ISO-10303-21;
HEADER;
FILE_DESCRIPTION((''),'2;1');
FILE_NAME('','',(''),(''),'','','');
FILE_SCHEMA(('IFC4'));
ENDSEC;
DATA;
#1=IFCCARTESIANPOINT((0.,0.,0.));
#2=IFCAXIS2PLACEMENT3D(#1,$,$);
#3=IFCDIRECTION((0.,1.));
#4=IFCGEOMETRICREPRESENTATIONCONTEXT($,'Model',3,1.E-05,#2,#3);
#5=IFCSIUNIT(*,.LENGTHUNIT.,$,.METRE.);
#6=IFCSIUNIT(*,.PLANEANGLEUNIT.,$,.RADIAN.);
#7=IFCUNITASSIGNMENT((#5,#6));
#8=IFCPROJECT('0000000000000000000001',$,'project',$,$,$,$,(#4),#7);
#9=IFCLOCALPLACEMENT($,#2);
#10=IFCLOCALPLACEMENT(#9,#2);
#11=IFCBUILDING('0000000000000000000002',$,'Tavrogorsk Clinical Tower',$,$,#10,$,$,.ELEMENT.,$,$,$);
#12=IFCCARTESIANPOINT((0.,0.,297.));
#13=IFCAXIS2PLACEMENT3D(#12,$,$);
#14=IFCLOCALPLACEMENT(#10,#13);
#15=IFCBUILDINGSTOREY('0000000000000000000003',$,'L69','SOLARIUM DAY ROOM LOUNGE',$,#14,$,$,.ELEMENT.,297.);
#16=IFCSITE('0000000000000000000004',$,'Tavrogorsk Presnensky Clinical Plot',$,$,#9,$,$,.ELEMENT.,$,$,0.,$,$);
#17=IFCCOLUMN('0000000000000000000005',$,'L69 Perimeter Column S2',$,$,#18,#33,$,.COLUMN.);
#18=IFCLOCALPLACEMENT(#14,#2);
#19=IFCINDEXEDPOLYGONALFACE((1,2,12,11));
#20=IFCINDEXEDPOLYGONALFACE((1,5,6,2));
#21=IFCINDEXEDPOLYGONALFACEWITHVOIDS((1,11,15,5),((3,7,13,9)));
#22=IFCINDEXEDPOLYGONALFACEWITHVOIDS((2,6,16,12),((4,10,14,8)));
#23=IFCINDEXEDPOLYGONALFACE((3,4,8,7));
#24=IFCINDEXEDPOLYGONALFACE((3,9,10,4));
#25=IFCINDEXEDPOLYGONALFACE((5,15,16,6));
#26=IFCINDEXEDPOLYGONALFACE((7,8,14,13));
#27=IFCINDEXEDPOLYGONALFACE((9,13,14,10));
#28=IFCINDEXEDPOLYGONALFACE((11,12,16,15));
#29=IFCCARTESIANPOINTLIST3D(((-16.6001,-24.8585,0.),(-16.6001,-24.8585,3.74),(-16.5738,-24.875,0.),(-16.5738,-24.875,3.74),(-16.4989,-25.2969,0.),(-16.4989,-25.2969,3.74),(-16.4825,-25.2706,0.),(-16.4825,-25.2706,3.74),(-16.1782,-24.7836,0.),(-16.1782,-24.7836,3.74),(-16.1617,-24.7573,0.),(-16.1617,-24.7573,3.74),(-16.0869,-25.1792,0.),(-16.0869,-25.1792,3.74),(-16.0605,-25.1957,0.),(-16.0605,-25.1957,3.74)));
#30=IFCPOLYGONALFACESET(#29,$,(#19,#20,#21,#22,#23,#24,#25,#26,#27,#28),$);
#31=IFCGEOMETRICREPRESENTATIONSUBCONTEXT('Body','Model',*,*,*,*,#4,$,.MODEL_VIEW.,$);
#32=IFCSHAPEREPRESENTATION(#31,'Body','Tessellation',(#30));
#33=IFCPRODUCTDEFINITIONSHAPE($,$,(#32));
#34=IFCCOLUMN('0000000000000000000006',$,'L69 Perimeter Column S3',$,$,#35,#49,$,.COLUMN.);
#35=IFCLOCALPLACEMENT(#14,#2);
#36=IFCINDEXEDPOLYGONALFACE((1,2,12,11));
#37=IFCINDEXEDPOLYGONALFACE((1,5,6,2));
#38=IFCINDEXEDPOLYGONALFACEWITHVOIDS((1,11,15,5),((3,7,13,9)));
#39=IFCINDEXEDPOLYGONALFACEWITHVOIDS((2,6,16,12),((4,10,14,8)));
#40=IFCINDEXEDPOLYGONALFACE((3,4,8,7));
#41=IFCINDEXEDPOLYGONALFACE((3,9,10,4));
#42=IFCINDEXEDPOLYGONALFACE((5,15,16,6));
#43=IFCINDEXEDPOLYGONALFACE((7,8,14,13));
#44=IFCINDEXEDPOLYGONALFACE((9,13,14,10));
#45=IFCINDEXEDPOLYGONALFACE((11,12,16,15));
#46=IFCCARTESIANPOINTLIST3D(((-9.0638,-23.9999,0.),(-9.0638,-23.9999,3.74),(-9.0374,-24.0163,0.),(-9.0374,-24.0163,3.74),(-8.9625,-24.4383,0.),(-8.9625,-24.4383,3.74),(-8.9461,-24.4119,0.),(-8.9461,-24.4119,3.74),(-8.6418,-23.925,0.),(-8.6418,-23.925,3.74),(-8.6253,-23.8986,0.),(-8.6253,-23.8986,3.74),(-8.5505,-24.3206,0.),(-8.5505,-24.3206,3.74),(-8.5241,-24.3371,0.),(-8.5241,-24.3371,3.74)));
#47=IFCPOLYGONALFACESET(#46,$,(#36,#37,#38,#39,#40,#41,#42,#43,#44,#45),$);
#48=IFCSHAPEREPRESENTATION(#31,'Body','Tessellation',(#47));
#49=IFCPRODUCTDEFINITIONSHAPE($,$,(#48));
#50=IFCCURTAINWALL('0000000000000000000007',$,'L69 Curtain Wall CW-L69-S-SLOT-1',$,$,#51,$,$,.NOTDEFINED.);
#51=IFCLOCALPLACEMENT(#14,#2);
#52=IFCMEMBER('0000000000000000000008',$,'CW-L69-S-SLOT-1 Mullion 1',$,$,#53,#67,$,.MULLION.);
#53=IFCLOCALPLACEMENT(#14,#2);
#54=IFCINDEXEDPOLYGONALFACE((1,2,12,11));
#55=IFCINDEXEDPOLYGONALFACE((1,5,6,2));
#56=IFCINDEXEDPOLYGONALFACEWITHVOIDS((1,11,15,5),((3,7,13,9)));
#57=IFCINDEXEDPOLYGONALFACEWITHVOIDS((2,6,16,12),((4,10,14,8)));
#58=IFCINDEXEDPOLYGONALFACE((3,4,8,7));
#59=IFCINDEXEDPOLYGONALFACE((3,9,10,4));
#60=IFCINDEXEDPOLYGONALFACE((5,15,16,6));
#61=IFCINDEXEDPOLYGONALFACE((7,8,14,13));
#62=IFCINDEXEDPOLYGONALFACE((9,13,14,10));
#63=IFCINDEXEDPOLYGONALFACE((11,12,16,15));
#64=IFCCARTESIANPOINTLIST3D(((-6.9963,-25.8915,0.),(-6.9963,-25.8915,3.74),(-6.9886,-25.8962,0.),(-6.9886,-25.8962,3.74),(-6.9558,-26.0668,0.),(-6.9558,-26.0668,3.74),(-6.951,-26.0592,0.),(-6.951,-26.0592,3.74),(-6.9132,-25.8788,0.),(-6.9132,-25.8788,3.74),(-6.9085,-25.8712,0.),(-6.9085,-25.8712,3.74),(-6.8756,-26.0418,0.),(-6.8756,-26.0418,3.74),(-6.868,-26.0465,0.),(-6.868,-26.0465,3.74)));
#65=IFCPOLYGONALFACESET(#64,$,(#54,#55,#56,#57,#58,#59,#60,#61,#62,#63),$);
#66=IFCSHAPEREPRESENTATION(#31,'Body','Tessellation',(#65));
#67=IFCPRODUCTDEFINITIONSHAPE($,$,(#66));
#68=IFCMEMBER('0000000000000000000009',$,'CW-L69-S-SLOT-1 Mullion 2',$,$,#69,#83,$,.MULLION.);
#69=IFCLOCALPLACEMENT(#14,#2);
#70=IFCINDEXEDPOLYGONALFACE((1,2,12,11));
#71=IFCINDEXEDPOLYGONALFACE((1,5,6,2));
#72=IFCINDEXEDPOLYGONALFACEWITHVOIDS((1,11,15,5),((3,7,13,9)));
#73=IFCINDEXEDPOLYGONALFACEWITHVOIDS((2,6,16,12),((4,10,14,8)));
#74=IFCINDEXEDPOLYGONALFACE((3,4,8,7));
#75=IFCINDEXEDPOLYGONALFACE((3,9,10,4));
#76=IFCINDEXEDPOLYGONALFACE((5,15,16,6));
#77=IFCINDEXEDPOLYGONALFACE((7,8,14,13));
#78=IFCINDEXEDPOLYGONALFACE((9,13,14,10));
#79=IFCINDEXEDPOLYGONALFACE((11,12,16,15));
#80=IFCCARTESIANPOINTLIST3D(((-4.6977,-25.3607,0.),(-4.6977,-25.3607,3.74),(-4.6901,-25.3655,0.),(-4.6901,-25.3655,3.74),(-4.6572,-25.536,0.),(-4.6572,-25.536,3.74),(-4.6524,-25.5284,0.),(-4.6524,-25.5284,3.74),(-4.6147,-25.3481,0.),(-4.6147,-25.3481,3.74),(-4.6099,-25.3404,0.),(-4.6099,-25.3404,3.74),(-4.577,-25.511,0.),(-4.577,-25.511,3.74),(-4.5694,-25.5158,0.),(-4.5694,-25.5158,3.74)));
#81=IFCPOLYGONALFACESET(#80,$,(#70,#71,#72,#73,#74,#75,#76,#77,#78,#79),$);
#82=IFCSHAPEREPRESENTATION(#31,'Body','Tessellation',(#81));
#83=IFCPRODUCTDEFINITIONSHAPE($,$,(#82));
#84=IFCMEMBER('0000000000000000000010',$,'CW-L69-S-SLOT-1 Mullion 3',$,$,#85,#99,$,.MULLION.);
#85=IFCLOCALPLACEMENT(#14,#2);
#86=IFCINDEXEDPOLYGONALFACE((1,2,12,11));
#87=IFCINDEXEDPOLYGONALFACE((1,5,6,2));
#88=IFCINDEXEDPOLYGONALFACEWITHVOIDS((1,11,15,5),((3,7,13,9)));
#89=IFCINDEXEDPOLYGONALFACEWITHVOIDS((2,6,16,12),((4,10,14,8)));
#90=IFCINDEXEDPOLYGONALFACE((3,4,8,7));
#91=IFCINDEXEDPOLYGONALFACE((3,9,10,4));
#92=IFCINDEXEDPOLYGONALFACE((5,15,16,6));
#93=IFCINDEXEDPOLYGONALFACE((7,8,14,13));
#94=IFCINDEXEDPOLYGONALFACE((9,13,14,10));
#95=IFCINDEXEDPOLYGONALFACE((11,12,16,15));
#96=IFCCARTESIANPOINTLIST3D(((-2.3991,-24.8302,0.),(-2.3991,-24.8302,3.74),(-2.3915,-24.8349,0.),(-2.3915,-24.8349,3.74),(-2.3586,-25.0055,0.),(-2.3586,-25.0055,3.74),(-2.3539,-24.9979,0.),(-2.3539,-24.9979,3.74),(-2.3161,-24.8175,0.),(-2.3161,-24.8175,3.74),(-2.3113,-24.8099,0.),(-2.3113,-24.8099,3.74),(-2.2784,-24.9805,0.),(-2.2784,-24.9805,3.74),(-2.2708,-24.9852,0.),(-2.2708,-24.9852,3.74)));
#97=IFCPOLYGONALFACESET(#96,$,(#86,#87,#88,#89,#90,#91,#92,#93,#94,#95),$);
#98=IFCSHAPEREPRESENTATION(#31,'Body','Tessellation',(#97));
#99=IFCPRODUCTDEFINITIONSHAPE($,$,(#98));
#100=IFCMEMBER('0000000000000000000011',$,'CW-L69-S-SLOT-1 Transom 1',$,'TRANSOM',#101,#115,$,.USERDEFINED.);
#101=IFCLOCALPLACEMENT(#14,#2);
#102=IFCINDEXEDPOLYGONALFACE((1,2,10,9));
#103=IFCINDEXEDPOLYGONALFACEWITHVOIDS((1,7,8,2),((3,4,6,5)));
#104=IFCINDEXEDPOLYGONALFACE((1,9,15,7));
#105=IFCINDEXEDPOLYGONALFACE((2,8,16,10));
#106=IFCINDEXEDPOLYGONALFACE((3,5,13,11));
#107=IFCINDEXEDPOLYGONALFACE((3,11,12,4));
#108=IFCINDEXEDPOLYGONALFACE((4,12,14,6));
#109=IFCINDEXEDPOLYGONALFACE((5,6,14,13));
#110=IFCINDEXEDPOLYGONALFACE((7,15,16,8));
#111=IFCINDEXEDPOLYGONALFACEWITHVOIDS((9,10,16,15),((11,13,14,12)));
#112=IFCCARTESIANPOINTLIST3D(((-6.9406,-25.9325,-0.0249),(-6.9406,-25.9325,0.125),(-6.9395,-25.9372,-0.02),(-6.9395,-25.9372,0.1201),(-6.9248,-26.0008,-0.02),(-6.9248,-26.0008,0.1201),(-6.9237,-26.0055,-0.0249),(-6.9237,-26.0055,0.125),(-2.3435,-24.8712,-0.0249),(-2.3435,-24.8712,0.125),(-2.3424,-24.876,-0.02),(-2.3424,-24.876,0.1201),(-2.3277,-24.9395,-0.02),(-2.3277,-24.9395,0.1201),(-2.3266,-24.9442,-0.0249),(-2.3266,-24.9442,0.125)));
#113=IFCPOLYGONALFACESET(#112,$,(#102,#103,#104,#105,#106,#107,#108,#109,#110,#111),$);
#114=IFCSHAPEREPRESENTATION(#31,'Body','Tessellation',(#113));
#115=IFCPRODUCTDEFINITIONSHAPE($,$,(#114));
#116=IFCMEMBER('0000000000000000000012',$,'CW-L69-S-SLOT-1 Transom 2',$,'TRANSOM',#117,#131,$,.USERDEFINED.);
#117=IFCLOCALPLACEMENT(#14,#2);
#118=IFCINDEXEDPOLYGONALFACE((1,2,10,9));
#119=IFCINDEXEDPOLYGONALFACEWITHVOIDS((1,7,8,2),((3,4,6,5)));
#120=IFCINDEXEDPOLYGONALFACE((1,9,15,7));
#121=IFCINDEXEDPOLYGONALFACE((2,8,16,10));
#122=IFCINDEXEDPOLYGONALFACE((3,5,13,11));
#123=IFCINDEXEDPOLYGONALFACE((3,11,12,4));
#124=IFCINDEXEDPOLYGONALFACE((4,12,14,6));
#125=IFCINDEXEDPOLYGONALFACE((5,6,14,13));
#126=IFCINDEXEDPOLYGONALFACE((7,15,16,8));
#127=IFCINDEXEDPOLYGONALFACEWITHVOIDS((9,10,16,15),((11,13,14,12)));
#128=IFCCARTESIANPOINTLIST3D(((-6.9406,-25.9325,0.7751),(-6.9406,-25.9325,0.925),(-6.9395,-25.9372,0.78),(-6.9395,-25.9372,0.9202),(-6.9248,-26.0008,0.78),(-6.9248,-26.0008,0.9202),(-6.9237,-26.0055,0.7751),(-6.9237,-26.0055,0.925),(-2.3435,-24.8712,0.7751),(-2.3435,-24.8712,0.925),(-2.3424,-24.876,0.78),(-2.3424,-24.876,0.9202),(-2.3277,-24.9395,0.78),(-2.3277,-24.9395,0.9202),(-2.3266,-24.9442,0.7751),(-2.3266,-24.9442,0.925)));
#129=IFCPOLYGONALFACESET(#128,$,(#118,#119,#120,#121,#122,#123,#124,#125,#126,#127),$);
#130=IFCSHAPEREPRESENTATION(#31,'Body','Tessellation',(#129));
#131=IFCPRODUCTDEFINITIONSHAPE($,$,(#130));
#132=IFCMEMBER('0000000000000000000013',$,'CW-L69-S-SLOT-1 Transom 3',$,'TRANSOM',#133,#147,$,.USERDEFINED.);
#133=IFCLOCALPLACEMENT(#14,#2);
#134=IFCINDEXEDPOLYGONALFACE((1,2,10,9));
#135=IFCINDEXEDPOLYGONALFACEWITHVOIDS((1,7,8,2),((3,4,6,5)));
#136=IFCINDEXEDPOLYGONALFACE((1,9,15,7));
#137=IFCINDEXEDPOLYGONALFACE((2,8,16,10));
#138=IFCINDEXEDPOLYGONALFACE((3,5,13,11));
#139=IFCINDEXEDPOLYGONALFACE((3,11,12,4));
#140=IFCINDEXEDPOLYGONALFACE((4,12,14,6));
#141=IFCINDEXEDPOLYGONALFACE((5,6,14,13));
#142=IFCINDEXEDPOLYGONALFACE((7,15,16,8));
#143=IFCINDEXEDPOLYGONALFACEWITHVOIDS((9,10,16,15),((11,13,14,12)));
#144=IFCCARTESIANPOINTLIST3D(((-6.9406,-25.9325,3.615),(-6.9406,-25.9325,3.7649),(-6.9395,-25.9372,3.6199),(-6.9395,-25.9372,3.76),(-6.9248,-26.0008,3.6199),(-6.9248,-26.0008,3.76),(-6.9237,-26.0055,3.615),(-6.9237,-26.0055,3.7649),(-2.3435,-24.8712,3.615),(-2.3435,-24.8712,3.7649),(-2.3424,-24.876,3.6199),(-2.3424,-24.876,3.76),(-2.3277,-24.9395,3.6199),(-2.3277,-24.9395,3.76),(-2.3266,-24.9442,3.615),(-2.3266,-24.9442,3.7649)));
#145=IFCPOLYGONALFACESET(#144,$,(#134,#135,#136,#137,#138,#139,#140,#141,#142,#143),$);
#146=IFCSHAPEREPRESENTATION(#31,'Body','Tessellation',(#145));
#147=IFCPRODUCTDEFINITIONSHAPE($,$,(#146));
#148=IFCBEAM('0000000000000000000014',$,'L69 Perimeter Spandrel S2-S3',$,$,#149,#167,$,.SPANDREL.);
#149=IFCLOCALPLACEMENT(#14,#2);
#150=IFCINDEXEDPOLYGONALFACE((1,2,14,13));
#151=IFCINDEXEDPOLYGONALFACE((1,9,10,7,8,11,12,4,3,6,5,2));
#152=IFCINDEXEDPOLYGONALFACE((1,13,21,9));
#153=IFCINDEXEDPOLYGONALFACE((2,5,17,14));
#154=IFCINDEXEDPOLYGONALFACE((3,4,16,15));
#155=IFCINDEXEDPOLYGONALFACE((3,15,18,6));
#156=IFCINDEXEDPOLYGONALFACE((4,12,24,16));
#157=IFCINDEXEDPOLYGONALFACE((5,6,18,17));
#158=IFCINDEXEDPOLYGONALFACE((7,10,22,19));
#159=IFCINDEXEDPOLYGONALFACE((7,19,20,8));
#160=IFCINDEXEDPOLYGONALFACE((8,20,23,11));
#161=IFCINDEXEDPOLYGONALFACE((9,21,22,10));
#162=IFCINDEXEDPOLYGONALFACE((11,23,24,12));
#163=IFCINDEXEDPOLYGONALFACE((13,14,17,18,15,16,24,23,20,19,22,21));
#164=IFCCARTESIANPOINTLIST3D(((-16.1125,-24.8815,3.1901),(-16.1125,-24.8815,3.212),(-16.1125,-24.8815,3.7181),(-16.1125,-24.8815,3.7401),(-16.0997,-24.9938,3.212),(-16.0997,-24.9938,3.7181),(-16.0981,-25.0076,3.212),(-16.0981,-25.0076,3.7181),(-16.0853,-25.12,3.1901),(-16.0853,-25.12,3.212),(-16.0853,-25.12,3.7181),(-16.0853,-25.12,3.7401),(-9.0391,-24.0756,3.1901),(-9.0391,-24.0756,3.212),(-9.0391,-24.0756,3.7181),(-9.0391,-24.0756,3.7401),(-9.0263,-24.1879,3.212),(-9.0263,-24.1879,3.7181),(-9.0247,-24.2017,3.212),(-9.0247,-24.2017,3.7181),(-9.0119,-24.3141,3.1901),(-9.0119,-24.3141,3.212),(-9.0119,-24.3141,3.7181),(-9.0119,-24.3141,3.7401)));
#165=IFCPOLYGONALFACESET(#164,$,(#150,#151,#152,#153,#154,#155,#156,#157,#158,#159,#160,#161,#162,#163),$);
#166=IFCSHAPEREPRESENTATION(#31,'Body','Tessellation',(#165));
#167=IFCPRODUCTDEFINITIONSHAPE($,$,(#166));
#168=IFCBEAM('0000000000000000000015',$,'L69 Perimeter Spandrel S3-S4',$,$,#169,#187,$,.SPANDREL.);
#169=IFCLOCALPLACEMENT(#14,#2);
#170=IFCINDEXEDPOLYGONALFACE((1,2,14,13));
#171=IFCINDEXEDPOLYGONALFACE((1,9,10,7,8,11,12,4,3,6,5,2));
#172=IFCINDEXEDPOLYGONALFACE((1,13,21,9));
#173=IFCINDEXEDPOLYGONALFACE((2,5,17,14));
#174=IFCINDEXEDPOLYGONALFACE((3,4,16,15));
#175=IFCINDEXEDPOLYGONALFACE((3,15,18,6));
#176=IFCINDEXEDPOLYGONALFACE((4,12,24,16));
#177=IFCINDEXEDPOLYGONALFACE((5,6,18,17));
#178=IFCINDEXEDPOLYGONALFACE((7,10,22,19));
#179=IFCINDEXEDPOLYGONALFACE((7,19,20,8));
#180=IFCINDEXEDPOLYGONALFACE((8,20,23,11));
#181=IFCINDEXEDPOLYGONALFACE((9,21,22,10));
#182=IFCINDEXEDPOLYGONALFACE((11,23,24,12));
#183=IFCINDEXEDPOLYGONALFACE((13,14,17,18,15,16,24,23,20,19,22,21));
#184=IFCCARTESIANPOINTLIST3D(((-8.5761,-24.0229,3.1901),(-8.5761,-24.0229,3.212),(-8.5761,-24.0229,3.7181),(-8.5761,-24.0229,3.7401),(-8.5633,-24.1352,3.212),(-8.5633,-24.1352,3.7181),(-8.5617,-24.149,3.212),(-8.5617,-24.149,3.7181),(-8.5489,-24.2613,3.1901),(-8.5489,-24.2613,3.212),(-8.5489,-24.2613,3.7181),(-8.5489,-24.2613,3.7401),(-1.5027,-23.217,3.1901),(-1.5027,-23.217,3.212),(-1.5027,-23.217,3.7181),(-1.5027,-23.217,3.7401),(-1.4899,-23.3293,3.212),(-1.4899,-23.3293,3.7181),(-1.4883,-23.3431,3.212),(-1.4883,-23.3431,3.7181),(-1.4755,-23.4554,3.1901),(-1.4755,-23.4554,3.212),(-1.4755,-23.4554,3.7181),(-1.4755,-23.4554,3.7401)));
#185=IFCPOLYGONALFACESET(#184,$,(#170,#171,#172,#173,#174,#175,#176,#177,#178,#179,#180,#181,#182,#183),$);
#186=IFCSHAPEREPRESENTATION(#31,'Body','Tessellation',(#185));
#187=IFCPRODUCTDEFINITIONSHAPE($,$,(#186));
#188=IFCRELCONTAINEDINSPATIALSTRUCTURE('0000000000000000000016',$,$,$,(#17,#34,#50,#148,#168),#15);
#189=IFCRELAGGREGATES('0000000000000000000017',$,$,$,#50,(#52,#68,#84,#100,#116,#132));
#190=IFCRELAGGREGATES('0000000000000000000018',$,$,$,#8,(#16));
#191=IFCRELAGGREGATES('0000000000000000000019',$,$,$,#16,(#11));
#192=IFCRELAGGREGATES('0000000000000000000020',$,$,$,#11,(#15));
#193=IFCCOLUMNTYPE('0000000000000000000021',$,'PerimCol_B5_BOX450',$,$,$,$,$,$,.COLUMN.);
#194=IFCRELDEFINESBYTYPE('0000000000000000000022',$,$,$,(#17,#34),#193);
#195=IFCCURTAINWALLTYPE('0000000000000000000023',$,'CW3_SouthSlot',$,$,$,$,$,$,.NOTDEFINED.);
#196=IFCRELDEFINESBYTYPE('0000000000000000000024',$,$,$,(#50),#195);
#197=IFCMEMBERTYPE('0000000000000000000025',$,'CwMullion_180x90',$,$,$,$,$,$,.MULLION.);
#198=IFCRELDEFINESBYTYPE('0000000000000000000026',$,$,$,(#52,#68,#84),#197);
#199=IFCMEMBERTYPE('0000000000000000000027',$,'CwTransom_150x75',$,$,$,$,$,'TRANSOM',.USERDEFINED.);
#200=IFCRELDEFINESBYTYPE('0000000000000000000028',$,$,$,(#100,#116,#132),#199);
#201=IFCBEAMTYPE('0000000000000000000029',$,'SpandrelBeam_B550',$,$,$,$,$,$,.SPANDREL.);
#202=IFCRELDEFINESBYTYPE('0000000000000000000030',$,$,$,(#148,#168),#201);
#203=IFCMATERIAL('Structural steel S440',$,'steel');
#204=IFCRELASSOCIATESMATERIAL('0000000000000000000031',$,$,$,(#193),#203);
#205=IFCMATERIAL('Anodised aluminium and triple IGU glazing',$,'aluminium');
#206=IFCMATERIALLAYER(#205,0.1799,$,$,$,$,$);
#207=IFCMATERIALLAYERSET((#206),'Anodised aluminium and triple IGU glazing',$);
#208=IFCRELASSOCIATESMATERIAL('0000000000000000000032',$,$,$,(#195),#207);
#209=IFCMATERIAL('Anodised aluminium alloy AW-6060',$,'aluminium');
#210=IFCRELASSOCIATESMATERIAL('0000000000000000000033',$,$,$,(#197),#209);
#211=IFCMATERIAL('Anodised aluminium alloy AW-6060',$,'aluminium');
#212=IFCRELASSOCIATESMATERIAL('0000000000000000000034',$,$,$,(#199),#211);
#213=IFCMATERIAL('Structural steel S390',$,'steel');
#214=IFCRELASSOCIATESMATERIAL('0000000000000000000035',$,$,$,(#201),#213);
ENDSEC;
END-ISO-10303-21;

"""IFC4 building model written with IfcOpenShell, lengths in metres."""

from ifc_helpers import new_model, si_unit, direction, frame, origin, origin_2d, place, context, subcontext, project, spatial, hollow_rectangle, i_section, extrude, material, layer, layer_set, material_profile, profile_set, type_object, element, aggregate, save


model = new_model("IFC4")

# Units and contexts
model_context = context("Model", 3, precision=1e-05, world=origin(), true_north=direction((0.0, 1.0)))
body_context = subcontext(model_context, "Body", "Model", "MODEL_VIEW")
ifc_project = project(units=[si_unit("LENGTHUNIT", "METRE"), si_unit("PLANEANGLEUNIT", "RADIAN")], contexts=[model_context])

# Site, building, storey
site_placement = place(None, origin())
site = spatial("IfcSite", under=ifc_project, at=site_placement, Name="Tavrogorsk Presnensky Clinical Plot", CompositionType="ELEMENT", RefElevation=0.0)
building_placement = place(site_placement, origin())
building = spatial("IfcBuilding", under=site, at=building_placement, Name="Tavrogorsk Clinical Tower", CompositionType="ELEMENT")
storey_placement = place(building_placement, frame((0.0, 0.0, 297.0)))
storey = spatial("IfcBuildingStorey", under=building, at=storey_placement, Name="L69", Description="SOLARIUM DAY ROOM LOUNGE", CompositionType="ELEMENT", Elevation=297.0)

# Columns
ifc_material_1 = material(Name="Structural steel S440", Category="steel")
ifc_material_profile_1 = material_profile(ifc_material_1, hollow_rectangle(XDim=0.45, YDim=0.45, WallThickness=0.022, at=origin_2d()), Name="BOX-450x450x22")
ifc_profile_set_1 = profile_set([ifc_material_profile_1], Name="Structural steel S440")
column_type = type_object("IfcColumnType", Name="PerimCol_B5_BOX450", PredefinedType="COLUMN", material=ifc_profile_set_1)
for number, where, z_axis, x_axis, name in (
    (1, (-16.3303, -25.0271, 0.0), (0.0, 0.0, 1.0), (0.97437, 0.224951, 0.0), "L69 Perimeter Column S2"),
    (2, (-8.7939, -24.1685, 0.0), (0.0, 0.0, 1.0), (0.97437, 0.224951, 0.0), "L69 Perimeter Column S3"),
):
    element("IfcColumn", number, at=place(storey_placement, frame(where, z_axis=z_axis, x_axis=x_axis)), inside=storey, type_object=column_type, Name=name, PredefinedType="COLUMN", context=body_context, shape_type="SweptSolid", body=[
        extrude(hollow_rectangle(XDim=0.45, YDim=0.45, WallThickness=0.022, at=origin_2d()), origin(), (0.0, 0.0, 1.0), 3.74),
    ])

# Curtain wall, members
ifc_material_2 = material(Name="Anodised aluminium and triple IGU glazing", Category="aluminium")
ifc_layer_1 = layer(ifc_material_2, 0.1799)
ifc_layer_set_1 = layer_set([ifc_layer_1], Name="Anodised aluminium and triple IGU glazing")
curtain_wall_type = type_object("IfcCurtainWallType", Name="CW3_SouthSlot", PredefinedType="NOTDEFINED", material=ifc_layer_set_1)
curtain_wall_placement = place(storey_placement, origin())
curtain_wall = element("IfcCurtainWall", 3, at=curtain_wall_placement, inside=storey, type_object=curtain_wall_type, Name="L69 Curtain Wall CW-L69-S-SLOT-1", PredefinedType="NOTDEFINED")
ifc_material_3 = material(Name="Anodised aluminium alloy AW-6060", Category="aluminium")
ifc_material_profile_2 = material_profile(ifc_material_3, hollow_rectangle(XDim=0.0901, YDim=0.1799, WallThickness=0.0063, at=origin_2d()), Name="RHS-180x90x6.3")
ifc_profile_set_2 = profile_set([ifc_material_profile_2], Name="Anodised aluminium alloy AW-6060")
member_type_1 = type_object("IfcMemberType", Name="CwMullion_180x90", PredefinedType="MULLION", material=ifc_profile_set_2)
member_1_placement = place(storey_placement, frame((-6.9321, -25.969, 0.0), z_axis=(0.0, 0.0, 1.0), x_axis=(0.97437, 0.224951, 0.0)))
member_1 = element("IfcMember", 4, at=member_1_placement, type_object=member_type_1, Name="CW-L69-S-SLOT-1 Mullion 1", PredefinedType="MULLION", context=body_context, shape_type="SweptSolid", body=[
    extrude(hollow_rectangle(XDim=0.0901, YDim=0.1799, WallThickness=0.0063, at=origin_2d()), origin(), (0.0, 0.0, 1.0), 3.74),
])
member_2_placement = place(storey_placement, frame((-4.6335, -25.4382, 0.0), z_axis=(0.0, 0.0, 1.0), x_axis=(0.97437, 0.224951, 0.0)))
member_2 = element("IfcMember", 5, at=member_2_placement, type_object=member_type_1, Name="CW-L69-S-SLOT-1 Mullion 2", PredefinedType="MULLION", context=body_context, shape_type="SweptSolid", body=[
    extrude(hollow_rectangle(XDim=0.0901, YDim=0.1799, WallThickness=0.0063, at=origin_2d()), origin(), (0.0, 0.0, 1.0), 3.74),
])
member_3_placement = place(storey_placement, frame((-2.335, -24.9077, 0.0), z_axis=(0.0, 0.0, 1.0), x_axis=(0.97437, 0.224951, 0.0)))
member_3 = element("IfcMember", 6, at=member_3_placement, type_object=member_type_1, Name="CW-L69-S-SLOT-1 Mullion 3", PredefinedType="MULLION", context=body_context, shape_type="SweptSolid", body=[
    extrude(hollow_rectangle(XDim=0.0901, YDim=0.1799, WallThickness=0.0063, at=origin_2d()), origin(), (0.0, 0.0, 1.0), 3.74),
])
ifc_material_4 = material(Name="Anodised aluminium alloy AW-6060", Category="aluminium")
ifc_material_profile_3 = material_profile(ifc_material_4, hollow_rectangle(XDim=0.075, YDim=0.1499, WallThickness=0.0049, at=origin_2d()), Name="RHS-150x75x5")
ifc_profile_set_3 = profile_set([ifc_material_profile_3], Name="Anodised aluminium alloy AW-6060")
member_type_2 = type_object("IfcMemberType", Name="CwTransom_150x75", ElementType="TRANSOM", PredefinedType="USERDEFINED", material=ifc_profile_set_3)
member_4_placement = place(storey_placement, frame((-6.9321, -25.969, 0.05), z_axis=(0.974373, 0.224939, 0.0), x_axis=(-0.224939, 0.974373, 0.0)))
member_4 = element("IfcMember", 7, at=member_4_placement, type_object=member_type_2, Name="CW-L69-S-SLOT-1 Transom 1", ObjectType="TRANSOM", PredefinedType="USERDEFINED", context=body_context, shape_type="SweptSolid", body=[
    extrude(hollow_rectangle(XDim=0.075, YDim=0.1499, WallThickness=0.0049, at=origin_2d()), origin(), (0.0, 0.0, 1.0), 4.718),
])
member_5_placement = place(storey_placement, frame((-6.9321, -25.969, 0.8501), z_axis=(0.974373, 0.224939, 0.0), x_axis=(-0.224939, 0.974373, 0.0)))
member_5 = element("IfcMember", 8, at=member_5_placement, type_object=member_type_2, Name="CW-L69-S-SLOT-1 Transom 2", ObjectType="TRANSOM", PredefinedType="USERDEFINED", context=body_context, shape_type="SweptSolid", body=[
    extrude(hollow_rectangle(XDim=0.075, YDim=0.1499, WallThickness=0.0049, at=origin_2d()), origin(), (0.0, 0.0, 1.0), 4.718),
])
member_6_placement = place(storey_placement, frame((-6.9321, -25.969, 3.6899), z_axis=(0.974373, 0.224939, 0.0), x_axis=(-0.224939, 0.974373, 0.0)))
member_6 = element("IfcMember", 9, at=member_6_placement, type_object=member_type_2, Name="CW-L69-S-SLOT-1 Transom 3", ObjectType="TRANSOM", PredefinedType="USERDEFINED", context=body_context, shape_type="SweptSolid", body=[
    extrude(hollow_rectangle(XDim=0.075, YDim=0.1499, WallThickness=0.0049, at=origin_2d()), origin(), (0.0, 0.0, 1.0), 4.718),
])

# Beams
ifc_material_5 = material(Name="Structural steel S390", Category="steel")
ifc_material_profile_4 = material_profile(ifc_material_5, i_section(OverallWidth=0.24, OverallDepth=0.55, WebThickness=0.0139, FlangeThickness=0.022, at=origin_2d()), Name="B-550x240x14x22")
ifc_profile_set_4 = profile_set([ifc_material_profile_4], Name="Structural steel S390")
beam_type = type_object("IfcBeamType", Name="SpandrelBeam_B550", PredefinedType="SPANDREL", material=ifc_profile_set_4)
for number, where, z_axis, x_axis, name in (
    (10, (-16.0989, -25.0007, 3.4651), (0.993572, 0.113201, 0.0), (-0.113201, 0.993572, 0.0), "L69 Perimeter Spandrel S2-S3"),
    (11, (-8.5625, -24.1421, 3.4651), (0.993572, 0.113201, 0.0), (-0.113201, 0.993572, 0.0), "L69 Perimeter Spandrel S3-S4"),
):
    element("IfcBeam", number, at=place(storey_placement, frame(where, z_axis=z_axis, x_axis=x_axis)), inside=storey, type_object=beam_type, Name=name, PredefinedType="SPANDREL", context=body_context, shape_type="SweptSolid", body=[
        extrude(i_section(OverallWidth=0.24, OverallDepth=0.55, WebThickness=0.0139, FlangeThickness=0.022, at=origin_2d()), origin(), (0.0, 0.0, 1.0), 7.1191),
    ])

aggregate(curtain_wall, [member_1, member_2, member_3, member_4, member_5, member_6])

save(model, "model.ifc")
